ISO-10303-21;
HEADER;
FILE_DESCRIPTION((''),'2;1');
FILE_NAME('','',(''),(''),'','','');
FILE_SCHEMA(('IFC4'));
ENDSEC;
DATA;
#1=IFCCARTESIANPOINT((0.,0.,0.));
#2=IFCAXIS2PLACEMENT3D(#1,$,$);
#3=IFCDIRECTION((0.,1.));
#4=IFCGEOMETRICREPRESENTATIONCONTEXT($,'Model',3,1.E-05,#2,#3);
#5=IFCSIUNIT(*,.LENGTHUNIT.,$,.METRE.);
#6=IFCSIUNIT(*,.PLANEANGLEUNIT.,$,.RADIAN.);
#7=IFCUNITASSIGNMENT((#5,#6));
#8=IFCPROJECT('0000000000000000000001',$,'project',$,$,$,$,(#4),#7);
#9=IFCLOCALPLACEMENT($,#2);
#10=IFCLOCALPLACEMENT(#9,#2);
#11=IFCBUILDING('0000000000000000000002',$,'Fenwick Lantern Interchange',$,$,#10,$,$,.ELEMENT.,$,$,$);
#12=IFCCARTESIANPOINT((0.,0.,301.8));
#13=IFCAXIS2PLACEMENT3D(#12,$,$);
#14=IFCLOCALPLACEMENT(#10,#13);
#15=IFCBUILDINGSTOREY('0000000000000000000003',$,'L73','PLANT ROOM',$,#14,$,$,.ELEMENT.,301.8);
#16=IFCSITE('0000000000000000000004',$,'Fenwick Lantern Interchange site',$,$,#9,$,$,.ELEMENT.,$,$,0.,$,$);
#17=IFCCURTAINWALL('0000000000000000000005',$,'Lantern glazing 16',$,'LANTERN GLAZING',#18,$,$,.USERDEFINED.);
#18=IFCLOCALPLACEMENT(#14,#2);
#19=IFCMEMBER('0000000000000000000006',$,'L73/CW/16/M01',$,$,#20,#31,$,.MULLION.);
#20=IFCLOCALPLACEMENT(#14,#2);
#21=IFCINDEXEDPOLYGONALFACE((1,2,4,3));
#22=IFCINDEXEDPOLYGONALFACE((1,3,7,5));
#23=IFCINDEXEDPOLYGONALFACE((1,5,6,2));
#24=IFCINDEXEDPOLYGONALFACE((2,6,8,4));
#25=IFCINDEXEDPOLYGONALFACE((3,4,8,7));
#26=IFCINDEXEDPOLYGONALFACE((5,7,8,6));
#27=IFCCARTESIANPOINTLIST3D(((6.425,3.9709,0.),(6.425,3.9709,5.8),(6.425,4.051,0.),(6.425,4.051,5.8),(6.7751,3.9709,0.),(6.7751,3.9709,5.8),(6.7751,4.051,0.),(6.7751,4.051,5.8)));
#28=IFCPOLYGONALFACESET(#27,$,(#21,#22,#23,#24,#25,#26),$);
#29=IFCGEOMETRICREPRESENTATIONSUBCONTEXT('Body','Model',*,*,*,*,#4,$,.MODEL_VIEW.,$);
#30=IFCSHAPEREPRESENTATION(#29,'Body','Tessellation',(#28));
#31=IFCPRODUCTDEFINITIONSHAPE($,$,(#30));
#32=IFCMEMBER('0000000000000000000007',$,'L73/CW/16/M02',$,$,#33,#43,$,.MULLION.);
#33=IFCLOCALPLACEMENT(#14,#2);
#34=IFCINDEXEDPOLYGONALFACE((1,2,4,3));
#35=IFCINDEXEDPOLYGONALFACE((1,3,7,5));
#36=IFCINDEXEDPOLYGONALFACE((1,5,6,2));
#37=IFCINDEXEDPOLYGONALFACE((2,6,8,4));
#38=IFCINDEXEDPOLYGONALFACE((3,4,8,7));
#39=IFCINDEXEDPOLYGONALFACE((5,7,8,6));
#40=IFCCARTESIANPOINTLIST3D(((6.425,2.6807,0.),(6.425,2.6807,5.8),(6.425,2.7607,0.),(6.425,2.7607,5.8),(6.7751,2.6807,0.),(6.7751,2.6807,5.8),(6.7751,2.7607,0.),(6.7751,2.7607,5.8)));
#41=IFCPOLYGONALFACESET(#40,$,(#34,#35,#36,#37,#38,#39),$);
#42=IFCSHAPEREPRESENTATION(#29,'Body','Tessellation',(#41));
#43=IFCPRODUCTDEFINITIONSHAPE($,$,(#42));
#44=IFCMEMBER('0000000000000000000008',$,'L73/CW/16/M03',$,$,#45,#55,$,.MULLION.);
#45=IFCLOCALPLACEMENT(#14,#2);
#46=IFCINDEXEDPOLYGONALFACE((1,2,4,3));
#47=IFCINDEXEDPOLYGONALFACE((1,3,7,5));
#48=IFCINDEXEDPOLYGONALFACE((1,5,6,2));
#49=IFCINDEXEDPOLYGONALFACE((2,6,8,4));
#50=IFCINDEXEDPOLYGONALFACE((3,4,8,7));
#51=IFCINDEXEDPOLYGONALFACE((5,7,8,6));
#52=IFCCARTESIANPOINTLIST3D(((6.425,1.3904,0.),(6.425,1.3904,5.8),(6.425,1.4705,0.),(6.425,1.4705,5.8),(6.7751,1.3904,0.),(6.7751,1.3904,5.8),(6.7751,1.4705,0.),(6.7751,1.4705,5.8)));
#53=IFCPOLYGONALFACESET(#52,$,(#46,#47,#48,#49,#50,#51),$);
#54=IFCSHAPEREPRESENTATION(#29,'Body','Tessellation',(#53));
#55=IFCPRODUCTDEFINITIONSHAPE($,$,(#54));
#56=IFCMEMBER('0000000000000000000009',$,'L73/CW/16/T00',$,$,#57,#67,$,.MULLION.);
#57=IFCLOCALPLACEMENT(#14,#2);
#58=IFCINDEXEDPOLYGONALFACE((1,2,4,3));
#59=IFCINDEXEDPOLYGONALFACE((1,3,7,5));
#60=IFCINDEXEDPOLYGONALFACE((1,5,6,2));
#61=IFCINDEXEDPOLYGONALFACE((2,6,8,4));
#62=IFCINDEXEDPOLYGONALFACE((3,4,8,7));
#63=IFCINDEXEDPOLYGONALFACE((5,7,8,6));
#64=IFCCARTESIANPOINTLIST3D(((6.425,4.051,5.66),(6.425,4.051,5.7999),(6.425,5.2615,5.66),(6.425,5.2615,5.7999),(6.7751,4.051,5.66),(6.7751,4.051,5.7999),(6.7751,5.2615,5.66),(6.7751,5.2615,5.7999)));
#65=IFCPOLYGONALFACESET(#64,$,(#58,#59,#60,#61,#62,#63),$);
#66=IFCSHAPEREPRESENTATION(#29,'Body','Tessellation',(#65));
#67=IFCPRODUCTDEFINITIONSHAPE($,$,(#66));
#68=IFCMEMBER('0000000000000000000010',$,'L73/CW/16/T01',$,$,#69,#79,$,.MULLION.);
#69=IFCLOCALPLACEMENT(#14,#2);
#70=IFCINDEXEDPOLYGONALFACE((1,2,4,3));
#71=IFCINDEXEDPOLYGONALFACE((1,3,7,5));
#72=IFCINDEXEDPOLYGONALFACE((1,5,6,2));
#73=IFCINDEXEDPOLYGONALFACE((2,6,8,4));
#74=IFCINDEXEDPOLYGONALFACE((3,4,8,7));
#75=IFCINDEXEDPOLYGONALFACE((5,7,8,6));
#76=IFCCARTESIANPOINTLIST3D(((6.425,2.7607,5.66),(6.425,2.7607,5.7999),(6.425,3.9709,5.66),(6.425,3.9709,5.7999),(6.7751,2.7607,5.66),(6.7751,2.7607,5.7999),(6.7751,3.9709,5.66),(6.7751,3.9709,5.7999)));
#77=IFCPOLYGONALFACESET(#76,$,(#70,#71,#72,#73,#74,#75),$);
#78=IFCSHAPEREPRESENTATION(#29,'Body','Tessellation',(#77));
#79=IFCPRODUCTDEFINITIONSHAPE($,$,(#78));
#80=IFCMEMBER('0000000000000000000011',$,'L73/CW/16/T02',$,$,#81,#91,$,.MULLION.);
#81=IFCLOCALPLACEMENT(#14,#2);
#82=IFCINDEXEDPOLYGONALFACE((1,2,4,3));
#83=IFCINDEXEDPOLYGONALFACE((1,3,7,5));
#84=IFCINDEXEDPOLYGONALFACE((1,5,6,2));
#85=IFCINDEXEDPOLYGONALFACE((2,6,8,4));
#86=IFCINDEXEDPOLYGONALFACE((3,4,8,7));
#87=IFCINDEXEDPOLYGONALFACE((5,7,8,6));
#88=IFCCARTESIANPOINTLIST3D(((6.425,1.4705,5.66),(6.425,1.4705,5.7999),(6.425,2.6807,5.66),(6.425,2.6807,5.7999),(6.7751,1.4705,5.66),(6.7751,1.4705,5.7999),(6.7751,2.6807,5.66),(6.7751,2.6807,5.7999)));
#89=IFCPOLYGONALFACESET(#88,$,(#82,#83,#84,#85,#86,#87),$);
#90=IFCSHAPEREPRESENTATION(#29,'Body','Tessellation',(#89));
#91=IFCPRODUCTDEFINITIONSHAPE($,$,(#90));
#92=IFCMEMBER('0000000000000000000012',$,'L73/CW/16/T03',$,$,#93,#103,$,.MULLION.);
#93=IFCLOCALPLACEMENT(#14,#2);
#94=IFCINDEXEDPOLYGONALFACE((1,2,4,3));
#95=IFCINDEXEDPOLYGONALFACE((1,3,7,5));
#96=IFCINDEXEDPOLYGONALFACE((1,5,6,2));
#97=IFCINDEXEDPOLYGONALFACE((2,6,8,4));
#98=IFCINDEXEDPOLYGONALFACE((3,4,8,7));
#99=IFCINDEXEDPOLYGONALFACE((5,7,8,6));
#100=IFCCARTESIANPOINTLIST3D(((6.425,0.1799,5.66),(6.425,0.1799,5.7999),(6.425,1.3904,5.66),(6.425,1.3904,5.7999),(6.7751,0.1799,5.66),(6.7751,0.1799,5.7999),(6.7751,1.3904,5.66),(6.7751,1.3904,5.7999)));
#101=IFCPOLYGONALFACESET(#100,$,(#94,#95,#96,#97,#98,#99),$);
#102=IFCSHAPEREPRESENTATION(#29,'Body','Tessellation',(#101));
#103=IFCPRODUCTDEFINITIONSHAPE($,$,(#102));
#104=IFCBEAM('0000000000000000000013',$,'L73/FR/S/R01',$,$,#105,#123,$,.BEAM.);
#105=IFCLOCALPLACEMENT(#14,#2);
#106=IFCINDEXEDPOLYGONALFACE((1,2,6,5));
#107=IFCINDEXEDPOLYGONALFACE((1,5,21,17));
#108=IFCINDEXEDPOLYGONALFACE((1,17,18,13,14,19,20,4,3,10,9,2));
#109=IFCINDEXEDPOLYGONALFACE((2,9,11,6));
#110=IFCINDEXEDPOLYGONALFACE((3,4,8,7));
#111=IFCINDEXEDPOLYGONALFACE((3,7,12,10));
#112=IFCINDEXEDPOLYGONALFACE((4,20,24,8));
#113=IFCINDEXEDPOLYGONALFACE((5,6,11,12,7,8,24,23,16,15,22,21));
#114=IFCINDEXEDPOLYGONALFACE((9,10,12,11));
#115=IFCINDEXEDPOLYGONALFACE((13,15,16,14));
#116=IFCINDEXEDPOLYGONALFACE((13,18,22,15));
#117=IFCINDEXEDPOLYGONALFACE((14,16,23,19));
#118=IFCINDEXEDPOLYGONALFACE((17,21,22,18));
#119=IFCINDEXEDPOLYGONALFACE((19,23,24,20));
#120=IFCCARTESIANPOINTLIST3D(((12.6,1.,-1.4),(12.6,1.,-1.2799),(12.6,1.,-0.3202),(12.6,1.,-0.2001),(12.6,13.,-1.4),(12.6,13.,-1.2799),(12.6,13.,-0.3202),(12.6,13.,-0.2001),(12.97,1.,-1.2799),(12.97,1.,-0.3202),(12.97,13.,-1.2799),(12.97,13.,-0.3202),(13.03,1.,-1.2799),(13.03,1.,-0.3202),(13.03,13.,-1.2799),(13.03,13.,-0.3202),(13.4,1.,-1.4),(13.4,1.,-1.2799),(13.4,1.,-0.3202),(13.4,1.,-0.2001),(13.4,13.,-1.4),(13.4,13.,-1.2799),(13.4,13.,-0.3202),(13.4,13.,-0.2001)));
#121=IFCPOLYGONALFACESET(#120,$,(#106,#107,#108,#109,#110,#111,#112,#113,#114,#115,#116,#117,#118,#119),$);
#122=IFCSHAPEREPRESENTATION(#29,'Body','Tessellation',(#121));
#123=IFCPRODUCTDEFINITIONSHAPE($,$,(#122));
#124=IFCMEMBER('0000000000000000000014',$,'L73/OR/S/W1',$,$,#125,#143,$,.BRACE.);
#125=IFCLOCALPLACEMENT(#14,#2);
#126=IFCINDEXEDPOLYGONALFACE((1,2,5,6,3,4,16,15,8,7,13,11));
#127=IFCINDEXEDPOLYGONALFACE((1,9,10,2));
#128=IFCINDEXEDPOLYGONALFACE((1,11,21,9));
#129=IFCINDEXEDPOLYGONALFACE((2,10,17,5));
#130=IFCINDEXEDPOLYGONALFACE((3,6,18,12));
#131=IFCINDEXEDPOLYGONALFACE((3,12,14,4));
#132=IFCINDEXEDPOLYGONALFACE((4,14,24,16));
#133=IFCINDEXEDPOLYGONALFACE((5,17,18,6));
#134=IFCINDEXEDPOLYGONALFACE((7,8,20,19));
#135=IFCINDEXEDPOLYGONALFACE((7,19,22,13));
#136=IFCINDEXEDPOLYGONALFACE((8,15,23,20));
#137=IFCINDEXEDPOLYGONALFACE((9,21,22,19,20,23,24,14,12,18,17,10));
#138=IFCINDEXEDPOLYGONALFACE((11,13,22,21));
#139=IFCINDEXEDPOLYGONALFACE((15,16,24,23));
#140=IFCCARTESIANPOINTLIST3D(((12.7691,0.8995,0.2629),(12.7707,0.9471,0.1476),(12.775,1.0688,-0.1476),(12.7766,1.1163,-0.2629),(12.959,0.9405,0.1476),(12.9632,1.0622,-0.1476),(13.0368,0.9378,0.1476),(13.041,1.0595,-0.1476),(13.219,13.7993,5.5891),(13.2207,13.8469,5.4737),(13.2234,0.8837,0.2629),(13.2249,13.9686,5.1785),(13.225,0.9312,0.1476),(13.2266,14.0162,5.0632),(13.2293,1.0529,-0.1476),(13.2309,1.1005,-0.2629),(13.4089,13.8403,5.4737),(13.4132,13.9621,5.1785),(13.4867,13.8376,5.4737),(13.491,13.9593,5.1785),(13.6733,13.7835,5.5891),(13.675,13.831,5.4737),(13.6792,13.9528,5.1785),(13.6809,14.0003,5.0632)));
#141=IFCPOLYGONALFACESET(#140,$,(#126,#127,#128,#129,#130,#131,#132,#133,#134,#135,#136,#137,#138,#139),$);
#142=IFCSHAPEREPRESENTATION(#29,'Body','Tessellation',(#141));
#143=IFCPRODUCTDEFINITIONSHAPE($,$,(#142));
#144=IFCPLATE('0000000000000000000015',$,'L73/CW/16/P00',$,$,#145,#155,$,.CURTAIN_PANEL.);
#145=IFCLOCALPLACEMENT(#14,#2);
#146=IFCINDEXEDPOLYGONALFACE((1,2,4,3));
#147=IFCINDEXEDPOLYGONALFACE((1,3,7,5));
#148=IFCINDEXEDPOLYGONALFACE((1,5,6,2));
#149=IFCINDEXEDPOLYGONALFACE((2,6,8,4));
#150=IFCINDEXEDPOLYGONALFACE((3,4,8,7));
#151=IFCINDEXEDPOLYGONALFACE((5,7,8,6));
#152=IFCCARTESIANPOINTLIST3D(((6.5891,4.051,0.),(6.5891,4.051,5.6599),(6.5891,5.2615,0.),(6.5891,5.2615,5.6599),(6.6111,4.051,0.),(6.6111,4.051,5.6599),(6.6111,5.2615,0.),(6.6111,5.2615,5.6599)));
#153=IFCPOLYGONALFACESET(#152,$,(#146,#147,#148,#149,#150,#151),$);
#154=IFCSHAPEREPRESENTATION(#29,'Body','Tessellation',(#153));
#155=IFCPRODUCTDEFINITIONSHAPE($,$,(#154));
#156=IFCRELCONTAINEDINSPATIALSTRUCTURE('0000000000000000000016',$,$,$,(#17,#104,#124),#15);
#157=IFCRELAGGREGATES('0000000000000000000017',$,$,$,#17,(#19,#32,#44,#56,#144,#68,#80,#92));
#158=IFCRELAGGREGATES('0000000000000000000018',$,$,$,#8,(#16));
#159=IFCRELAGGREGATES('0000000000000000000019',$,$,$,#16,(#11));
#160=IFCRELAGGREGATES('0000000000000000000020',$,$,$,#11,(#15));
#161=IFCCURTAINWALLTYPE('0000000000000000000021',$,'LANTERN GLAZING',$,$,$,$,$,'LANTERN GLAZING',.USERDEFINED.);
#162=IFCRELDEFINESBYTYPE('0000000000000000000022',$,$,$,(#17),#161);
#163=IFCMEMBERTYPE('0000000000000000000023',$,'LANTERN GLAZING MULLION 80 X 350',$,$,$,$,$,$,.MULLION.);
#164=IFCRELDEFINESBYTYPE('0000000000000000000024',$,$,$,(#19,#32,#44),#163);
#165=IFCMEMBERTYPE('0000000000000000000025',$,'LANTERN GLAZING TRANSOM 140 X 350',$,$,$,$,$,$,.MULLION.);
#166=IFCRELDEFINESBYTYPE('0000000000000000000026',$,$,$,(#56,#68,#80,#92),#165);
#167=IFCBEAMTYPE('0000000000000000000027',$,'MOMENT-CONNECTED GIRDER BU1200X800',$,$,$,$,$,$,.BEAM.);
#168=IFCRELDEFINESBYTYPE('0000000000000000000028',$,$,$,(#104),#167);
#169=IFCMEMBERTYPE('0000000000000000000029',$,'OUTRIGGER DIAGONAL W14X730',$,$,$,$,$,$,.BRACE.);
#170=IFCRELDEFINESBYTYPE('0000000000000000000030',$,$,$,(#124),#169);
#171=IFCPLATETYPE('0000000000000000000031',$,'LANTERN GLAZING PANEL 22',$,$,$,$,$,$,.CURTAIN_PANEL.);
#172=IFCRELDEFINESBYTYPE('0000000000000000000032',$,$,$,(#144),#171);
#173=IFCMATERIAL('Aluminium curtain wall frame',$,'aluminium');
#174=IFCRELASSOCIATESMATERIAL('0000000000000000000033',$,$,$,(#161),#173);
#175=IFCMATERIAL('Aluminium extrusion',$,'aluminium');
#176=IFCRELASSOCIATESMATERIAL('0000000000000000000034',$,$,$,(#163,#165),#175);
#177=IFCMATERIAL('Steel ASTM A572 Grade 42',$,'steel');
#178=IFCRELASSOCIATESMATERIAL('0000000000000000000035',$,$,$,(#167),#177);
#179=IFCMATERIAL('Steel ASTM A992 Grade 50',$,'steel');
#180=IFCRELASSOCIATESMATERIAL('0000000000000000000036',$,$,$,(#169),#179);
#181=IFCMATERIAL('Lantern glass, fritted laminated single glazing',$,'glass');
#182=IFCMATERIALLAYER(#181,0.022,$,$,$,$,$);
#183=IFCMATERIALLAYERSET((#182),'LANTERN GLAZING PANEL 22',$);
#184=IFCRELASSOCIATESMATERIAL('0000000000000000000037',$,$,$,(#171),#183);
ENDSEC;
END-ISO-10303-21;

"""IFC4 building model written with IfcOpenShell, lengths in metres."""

from ifc_helpers import new_model, si_unit, direction, frame, origin, origin_2d, place, context, subcontext, project, spatial, rectangle, i_section, extrude, material, layer, layer_set, material_profile, profile_set, type_object, element, aggregate, save


model = new_model("IFC4")

# Units and contexts
model_context = context("Model", 3, precision=1e-05, world=origin(), true_north=direction((0.0, 1.0)))
body_context = subcontext(model_context, "Body", "Model", "MODEL_VIEW")
ifc_project = project(units=[si_unit("LENGTHUNIT", "METRE"), si_unit("PLANEANGLEUNIT", "RADIAN")], contexts=[model_context])

# Site, building, storey
site_placement = place(None, origin())
site = spatial("IfcSite", under=ifc_project, at=site_placement, Name="Fenwick Lantern Interchange site", CompositionType="ELEMENT", RefElevation=0.0)
building_placement = place(site_placement, origin())
building = spatial("IfcBuilding", under=site, at=building_placement, Name="Fenwick Lantern Interchange", CompositionType="ELEMENT")
storey_placement = place(building_placement, frame((0.0, 0.0, 301.8)))
storey = spatial("IfcBuildingStorey", under=building, at=storey_placement, Name="L73", Description="PLANT ROOM", CompositionType="ELEMENT", Elevation=301.8)

# Shared definitions
ifc_material_1 = material(Name="Steel ASTM A992 Grade 50", Category="steel")

# Curtain wall, members
ifc_material_2 = material(Name="Aluminium curtain wall frame", Category="aluminium")
curtain_wall_type = type_object("IfcCurtainWallType", Name="LANTERN GLAZING", ElementType="LANTERN GLAZING", PredefinedType="USERDEFINED", material=ifc_material_2)
curtain_wall_placement = place(storey_placement, origin())
curtain_wall = element("IfcCurtainWall", 1, at=curtain_wall_placement, inside=storey, type_object=curtain_wall_type, Name="Lantern glazing 16", ObjectType="LANTERN GLAZING", PredefinedType="USERDEFINED")
ifc_material_3 = material(Name="Aluminium extrusion", Category="aluminium")
ifc_material_profile_1 = material_profile(ifc_material_3, rectangle(XDim=0.3501, YDim=0.0801, at=origin_2d()), Name="LANTERN GLAZING MULLION 80 X 350")
ifc_profile_set_1 = profile_set([ifc_material_profile_1], Name="Aluminium extrusion")
member_type_1 = type_object("IfcMemberType", Name="LANTERN GLAZING MULLION 80 X 350", PredefinedType="MULLION", material=ifc_profile_set_1)
member_1_placement = place(storey_placement, frame((6.6001, 4.011, 0.0), z_axis=(0.0, 0.0, 1.0), x_axis=(1.0, 0.0, 0.0)))
member_1 = element("IfcMember", 2, at=member_1_placement, type_object=member_type_1, Name="L73/CW/16/M01", PredefinedType="MULLION", context=body_context, shape_type="SweptSolid", body=[
    extrude(rectangle(XDim=0.3501, YDim=0.0801, at=origin_2d()), origin(), (0.0, 0.0, 1.0), 5.8),
])
member_2_placement = place(storey_placement, frame((6.6001, 2.7207, 0.0), z_axis=(0.0, 0.0, 1.0), x_axis=(1.0, 0.0, 0.0)))
member_2 = element("IfcMember", 3, at=member_2_placement, type_object=member_type_1, Name="L73/CW/16/M02", PredefinedType="MULLION", context=body_context, shape_type="SweptSolid", body=[
    extrude(rectangle(XDim=0.3501, YDim=0.0801, at=origin_2d()), origin(), (0.0, 0.0, 1.0), 5.8),
])
member_3_placement = place(storey_placement, frame((6.6001, 1.4304, 0.0), z_axis=(0.0, 0.0, 1.0), x_axis=(1.0, 0.0, 0.0)))
member_3 = element("IfcMember", 4, at=member_3_placement, type_object=member_type_1, Name="L73/CW/16/M03", PredefinedType="MULLION", context=body_context, shape_type="SweptSolid", body=[
    extrude(rectangle(XDim=0.3501, YDim=0.0801, at=origin_2d()), origin(), (0.0, 0.0, 1.0), 5.8),
])
ifc_material_profile_2 = material_profile(ifc_material_3, rectangle(XDim=0.3501, YDim=0.1399, at=origin_2d()), Name="LANTERN GLAZING TRANSOM 140 X 350")
ifc_profile_set_2 = profile_set([ifc_material_profile_2], Name="Aluminium extrusion")
member_type_2 = type_object("IfcMemberType", Name="LANTERN GLAZING TRANSOM 140 X 350", PredefinedType="MULLION", material=ifc_profile_set_2)
member_4_placement = place(storey_placement, frame((6.6001, 5.2615, 5.73), z_axis=(0.0, -1.0, 0.0), x_axis=(1.0, 0.0, 0.0)))
member_4 = element("IfcMember", 5, at=member_4_placement, type_object=member_type_2, Name="L73/CW/16/T00", PredefinedType="MULLION", context=body_context, shape_type="SweptSolid", body=[
    extrude(rectangle(XDim=0.3501, YDim=0.1399, at=origin_2d()), origin(), (0.0, 0.0, 1.0), 1.2104),
])
member_5_placement = place(storey_placement, frame((6.6001, 3.9709, 5.73), z_axis=(0.0, -1.0, 0.0), x_axis=(1.0, 0.0, 0.0)))
member_5 = element("IfcMember", 6, at=member_5_placement, type_object=member_type_2, Name="L73/CW/16/T01", PredefinedType="MULLION", context=body_context, shape_type="SweptSolid", body=[
    extrude(rectangle(XDim=0.3501, YDim=0.1399, at=origin_2d()), origin(), (0.0, 0.0, 1.0), 1.2102),
])
member_6_placement = place(storey_placement, frame((6.6001, 2.6807, 5.73), z_axis=(0.0, -1.0, 0.0), x_axis=(1.0, 0.0, 0.0)))
member_6 = element("IfcMember", 7, at=member_6_placement, type_object=member_type_2, Name="L73/CW/16/T02", PredefinedType="MULLION", context=body_context, shape_type="SweptSolid", body=[
    extrude(rectangle(XDim=0.3501, YDim=0.1399, at=origin_2d()), origin(), (0.0, 0.0, 1.0), 1.2102),
])
member_7_placement = place(storey_placement, frame((6.6001, 1.3904, 5.73), z_axis=(0.0, -1.0, 0.0), x_axis=(1.0, 0.0, 0.0)))
member_7 = element("IfcMember", 8, at=member_7_placement, type_object=member_type_2, Name="L73/CW/16/T03", PredefinedType="MULLION", context=body_context, shape_type="SweptSolid", body=[
    extrude(rectangle(XDim=0.3501, YDim=0.1399, at=origin_2d()), origin(), (0.0, 0.0, 1.0), 1.2104),
])

# Beam
ifc_material_4 = material(Name="Steel ASTM A572 Grade 42", Category="steel")
ifc_material_profile_3 = material_profile(ifc_material_4, i_section(OverallWidth=0.8, OverallDepth=1.2, WebThickness=0.0601, FlangeThickness=0.1201, at=origin_2d()), Name="BU1200X800")
ifc_profile_set_3 = profile_set([ifc_material_profile_3], Name="Steel ASTM A572 Grade 42")
beam_type_1 = type_object("IfcBeamType", Name="MOMENT-CONNECTED GIRDER BU1200X800", PredefinedType="BEAM", material=ifc_profile_set_3)
beam_1_placement = place(storey_placement, frame((13.0, 1.0, -0.8), z_axis=(0.0, 1.0, 0.0), x_axis=(-1.0, 0.0, 0.0)))
element("IfcBeam", 9, at=beam_1_placement, inside=storey, type_object=beam_type_1, Name="L73/FR/S/R01", PredefinedType="BEAM", context=body_context, shape_type="SweptSolid", body=[
    extrude(i_section(OverallWidth=0.8, OverallDepth=1.2, WebThickness=0.0601, FlangeThickness=0.1201, at=origin_2d()), origin(), (0.0, 0.0, 1.0), 12.0),
])

# Member
ifc_material_profile_4 = material_profile(ifc_material_1, i_section(OverallWidth=0.4546, OverallDepth=0.5688, WebThickness=0.0779, FlangeThickness=0.1248, at=origin_2d()), Name="W14X730")
ifc_profile_set_4 = profile_set([ifc_material_profile_4], Name="Steel ASTM A992 Grade 50")
member_type_3 = type_object("IfcMemberType", Name="OUTRIGGER DIAGONAL W14X730", PredefinedType="BRACE", material=ifc_profile_set_4)
member_8_placement = place(storey_placement, frame((13.0, 1.0, 0.0), z_axis=(0.032223, 0.923833, 0.381437), x_axis=(-0.999392, 0.034859, 0.0)))
element("IfcMember", 10, at=member_8_placement, inside=storey, type_object=member_type_3, Name="L73/OR/S/W1", PredefinedType="BRACE", context=body_context, shape_type="SweptSolid", body=[
    extrude(i_section(OverallWidth=0.4546, OverallDepth=0.5688, WebThickness=0.0779, FlangeThickness=0.1248, at=origin_2d()), origin(), (0.0, 0.0, 1.0), 13.9634),
])

# Plate
ifc_material_5 = material(Name="Lantern glass, fritted laminated single glazing", Category="glass")
ifc_layer_1 = layer(ifc_material_5, 0.022)
ifc_layer_set_1 = layer_set([ifc_layer_1], Name="LANTERN GLAZING PANEL 22")
plate_type = type_object("IfcPlateType", Name="LANTERN GLAZING PANEL 22", PredefinedType="CURTAIN_PANEL", material=ifc_layer_set_1)
plate_1_placement = place(storey_placement, frame((6.6001, 4.6562, 0.0), z_axis=(0.0, 0.0, 1.0), x_axis=(0.0, -1.0, 0.0)))
plate_1 = element("IfcPlate", 11, at=plate_1_placement, type_object=plate_type, Name="L73/CW/16/P00", PredefinedType="CURTAIN_PANEL", context=body_context, shape_type="SweptSolid", body=[
    extrude(rectangle(XDim=1.2104, YDim=0.022, at=origin_2d()), origin(), (0.0, 0.0, 1.0), 5.6599),
])
aggregate(curtain_wall, [member_1, member_2, member_3, member_4, plate_1, member_5, member_6, member_7])

save(model, "model.ifc")
